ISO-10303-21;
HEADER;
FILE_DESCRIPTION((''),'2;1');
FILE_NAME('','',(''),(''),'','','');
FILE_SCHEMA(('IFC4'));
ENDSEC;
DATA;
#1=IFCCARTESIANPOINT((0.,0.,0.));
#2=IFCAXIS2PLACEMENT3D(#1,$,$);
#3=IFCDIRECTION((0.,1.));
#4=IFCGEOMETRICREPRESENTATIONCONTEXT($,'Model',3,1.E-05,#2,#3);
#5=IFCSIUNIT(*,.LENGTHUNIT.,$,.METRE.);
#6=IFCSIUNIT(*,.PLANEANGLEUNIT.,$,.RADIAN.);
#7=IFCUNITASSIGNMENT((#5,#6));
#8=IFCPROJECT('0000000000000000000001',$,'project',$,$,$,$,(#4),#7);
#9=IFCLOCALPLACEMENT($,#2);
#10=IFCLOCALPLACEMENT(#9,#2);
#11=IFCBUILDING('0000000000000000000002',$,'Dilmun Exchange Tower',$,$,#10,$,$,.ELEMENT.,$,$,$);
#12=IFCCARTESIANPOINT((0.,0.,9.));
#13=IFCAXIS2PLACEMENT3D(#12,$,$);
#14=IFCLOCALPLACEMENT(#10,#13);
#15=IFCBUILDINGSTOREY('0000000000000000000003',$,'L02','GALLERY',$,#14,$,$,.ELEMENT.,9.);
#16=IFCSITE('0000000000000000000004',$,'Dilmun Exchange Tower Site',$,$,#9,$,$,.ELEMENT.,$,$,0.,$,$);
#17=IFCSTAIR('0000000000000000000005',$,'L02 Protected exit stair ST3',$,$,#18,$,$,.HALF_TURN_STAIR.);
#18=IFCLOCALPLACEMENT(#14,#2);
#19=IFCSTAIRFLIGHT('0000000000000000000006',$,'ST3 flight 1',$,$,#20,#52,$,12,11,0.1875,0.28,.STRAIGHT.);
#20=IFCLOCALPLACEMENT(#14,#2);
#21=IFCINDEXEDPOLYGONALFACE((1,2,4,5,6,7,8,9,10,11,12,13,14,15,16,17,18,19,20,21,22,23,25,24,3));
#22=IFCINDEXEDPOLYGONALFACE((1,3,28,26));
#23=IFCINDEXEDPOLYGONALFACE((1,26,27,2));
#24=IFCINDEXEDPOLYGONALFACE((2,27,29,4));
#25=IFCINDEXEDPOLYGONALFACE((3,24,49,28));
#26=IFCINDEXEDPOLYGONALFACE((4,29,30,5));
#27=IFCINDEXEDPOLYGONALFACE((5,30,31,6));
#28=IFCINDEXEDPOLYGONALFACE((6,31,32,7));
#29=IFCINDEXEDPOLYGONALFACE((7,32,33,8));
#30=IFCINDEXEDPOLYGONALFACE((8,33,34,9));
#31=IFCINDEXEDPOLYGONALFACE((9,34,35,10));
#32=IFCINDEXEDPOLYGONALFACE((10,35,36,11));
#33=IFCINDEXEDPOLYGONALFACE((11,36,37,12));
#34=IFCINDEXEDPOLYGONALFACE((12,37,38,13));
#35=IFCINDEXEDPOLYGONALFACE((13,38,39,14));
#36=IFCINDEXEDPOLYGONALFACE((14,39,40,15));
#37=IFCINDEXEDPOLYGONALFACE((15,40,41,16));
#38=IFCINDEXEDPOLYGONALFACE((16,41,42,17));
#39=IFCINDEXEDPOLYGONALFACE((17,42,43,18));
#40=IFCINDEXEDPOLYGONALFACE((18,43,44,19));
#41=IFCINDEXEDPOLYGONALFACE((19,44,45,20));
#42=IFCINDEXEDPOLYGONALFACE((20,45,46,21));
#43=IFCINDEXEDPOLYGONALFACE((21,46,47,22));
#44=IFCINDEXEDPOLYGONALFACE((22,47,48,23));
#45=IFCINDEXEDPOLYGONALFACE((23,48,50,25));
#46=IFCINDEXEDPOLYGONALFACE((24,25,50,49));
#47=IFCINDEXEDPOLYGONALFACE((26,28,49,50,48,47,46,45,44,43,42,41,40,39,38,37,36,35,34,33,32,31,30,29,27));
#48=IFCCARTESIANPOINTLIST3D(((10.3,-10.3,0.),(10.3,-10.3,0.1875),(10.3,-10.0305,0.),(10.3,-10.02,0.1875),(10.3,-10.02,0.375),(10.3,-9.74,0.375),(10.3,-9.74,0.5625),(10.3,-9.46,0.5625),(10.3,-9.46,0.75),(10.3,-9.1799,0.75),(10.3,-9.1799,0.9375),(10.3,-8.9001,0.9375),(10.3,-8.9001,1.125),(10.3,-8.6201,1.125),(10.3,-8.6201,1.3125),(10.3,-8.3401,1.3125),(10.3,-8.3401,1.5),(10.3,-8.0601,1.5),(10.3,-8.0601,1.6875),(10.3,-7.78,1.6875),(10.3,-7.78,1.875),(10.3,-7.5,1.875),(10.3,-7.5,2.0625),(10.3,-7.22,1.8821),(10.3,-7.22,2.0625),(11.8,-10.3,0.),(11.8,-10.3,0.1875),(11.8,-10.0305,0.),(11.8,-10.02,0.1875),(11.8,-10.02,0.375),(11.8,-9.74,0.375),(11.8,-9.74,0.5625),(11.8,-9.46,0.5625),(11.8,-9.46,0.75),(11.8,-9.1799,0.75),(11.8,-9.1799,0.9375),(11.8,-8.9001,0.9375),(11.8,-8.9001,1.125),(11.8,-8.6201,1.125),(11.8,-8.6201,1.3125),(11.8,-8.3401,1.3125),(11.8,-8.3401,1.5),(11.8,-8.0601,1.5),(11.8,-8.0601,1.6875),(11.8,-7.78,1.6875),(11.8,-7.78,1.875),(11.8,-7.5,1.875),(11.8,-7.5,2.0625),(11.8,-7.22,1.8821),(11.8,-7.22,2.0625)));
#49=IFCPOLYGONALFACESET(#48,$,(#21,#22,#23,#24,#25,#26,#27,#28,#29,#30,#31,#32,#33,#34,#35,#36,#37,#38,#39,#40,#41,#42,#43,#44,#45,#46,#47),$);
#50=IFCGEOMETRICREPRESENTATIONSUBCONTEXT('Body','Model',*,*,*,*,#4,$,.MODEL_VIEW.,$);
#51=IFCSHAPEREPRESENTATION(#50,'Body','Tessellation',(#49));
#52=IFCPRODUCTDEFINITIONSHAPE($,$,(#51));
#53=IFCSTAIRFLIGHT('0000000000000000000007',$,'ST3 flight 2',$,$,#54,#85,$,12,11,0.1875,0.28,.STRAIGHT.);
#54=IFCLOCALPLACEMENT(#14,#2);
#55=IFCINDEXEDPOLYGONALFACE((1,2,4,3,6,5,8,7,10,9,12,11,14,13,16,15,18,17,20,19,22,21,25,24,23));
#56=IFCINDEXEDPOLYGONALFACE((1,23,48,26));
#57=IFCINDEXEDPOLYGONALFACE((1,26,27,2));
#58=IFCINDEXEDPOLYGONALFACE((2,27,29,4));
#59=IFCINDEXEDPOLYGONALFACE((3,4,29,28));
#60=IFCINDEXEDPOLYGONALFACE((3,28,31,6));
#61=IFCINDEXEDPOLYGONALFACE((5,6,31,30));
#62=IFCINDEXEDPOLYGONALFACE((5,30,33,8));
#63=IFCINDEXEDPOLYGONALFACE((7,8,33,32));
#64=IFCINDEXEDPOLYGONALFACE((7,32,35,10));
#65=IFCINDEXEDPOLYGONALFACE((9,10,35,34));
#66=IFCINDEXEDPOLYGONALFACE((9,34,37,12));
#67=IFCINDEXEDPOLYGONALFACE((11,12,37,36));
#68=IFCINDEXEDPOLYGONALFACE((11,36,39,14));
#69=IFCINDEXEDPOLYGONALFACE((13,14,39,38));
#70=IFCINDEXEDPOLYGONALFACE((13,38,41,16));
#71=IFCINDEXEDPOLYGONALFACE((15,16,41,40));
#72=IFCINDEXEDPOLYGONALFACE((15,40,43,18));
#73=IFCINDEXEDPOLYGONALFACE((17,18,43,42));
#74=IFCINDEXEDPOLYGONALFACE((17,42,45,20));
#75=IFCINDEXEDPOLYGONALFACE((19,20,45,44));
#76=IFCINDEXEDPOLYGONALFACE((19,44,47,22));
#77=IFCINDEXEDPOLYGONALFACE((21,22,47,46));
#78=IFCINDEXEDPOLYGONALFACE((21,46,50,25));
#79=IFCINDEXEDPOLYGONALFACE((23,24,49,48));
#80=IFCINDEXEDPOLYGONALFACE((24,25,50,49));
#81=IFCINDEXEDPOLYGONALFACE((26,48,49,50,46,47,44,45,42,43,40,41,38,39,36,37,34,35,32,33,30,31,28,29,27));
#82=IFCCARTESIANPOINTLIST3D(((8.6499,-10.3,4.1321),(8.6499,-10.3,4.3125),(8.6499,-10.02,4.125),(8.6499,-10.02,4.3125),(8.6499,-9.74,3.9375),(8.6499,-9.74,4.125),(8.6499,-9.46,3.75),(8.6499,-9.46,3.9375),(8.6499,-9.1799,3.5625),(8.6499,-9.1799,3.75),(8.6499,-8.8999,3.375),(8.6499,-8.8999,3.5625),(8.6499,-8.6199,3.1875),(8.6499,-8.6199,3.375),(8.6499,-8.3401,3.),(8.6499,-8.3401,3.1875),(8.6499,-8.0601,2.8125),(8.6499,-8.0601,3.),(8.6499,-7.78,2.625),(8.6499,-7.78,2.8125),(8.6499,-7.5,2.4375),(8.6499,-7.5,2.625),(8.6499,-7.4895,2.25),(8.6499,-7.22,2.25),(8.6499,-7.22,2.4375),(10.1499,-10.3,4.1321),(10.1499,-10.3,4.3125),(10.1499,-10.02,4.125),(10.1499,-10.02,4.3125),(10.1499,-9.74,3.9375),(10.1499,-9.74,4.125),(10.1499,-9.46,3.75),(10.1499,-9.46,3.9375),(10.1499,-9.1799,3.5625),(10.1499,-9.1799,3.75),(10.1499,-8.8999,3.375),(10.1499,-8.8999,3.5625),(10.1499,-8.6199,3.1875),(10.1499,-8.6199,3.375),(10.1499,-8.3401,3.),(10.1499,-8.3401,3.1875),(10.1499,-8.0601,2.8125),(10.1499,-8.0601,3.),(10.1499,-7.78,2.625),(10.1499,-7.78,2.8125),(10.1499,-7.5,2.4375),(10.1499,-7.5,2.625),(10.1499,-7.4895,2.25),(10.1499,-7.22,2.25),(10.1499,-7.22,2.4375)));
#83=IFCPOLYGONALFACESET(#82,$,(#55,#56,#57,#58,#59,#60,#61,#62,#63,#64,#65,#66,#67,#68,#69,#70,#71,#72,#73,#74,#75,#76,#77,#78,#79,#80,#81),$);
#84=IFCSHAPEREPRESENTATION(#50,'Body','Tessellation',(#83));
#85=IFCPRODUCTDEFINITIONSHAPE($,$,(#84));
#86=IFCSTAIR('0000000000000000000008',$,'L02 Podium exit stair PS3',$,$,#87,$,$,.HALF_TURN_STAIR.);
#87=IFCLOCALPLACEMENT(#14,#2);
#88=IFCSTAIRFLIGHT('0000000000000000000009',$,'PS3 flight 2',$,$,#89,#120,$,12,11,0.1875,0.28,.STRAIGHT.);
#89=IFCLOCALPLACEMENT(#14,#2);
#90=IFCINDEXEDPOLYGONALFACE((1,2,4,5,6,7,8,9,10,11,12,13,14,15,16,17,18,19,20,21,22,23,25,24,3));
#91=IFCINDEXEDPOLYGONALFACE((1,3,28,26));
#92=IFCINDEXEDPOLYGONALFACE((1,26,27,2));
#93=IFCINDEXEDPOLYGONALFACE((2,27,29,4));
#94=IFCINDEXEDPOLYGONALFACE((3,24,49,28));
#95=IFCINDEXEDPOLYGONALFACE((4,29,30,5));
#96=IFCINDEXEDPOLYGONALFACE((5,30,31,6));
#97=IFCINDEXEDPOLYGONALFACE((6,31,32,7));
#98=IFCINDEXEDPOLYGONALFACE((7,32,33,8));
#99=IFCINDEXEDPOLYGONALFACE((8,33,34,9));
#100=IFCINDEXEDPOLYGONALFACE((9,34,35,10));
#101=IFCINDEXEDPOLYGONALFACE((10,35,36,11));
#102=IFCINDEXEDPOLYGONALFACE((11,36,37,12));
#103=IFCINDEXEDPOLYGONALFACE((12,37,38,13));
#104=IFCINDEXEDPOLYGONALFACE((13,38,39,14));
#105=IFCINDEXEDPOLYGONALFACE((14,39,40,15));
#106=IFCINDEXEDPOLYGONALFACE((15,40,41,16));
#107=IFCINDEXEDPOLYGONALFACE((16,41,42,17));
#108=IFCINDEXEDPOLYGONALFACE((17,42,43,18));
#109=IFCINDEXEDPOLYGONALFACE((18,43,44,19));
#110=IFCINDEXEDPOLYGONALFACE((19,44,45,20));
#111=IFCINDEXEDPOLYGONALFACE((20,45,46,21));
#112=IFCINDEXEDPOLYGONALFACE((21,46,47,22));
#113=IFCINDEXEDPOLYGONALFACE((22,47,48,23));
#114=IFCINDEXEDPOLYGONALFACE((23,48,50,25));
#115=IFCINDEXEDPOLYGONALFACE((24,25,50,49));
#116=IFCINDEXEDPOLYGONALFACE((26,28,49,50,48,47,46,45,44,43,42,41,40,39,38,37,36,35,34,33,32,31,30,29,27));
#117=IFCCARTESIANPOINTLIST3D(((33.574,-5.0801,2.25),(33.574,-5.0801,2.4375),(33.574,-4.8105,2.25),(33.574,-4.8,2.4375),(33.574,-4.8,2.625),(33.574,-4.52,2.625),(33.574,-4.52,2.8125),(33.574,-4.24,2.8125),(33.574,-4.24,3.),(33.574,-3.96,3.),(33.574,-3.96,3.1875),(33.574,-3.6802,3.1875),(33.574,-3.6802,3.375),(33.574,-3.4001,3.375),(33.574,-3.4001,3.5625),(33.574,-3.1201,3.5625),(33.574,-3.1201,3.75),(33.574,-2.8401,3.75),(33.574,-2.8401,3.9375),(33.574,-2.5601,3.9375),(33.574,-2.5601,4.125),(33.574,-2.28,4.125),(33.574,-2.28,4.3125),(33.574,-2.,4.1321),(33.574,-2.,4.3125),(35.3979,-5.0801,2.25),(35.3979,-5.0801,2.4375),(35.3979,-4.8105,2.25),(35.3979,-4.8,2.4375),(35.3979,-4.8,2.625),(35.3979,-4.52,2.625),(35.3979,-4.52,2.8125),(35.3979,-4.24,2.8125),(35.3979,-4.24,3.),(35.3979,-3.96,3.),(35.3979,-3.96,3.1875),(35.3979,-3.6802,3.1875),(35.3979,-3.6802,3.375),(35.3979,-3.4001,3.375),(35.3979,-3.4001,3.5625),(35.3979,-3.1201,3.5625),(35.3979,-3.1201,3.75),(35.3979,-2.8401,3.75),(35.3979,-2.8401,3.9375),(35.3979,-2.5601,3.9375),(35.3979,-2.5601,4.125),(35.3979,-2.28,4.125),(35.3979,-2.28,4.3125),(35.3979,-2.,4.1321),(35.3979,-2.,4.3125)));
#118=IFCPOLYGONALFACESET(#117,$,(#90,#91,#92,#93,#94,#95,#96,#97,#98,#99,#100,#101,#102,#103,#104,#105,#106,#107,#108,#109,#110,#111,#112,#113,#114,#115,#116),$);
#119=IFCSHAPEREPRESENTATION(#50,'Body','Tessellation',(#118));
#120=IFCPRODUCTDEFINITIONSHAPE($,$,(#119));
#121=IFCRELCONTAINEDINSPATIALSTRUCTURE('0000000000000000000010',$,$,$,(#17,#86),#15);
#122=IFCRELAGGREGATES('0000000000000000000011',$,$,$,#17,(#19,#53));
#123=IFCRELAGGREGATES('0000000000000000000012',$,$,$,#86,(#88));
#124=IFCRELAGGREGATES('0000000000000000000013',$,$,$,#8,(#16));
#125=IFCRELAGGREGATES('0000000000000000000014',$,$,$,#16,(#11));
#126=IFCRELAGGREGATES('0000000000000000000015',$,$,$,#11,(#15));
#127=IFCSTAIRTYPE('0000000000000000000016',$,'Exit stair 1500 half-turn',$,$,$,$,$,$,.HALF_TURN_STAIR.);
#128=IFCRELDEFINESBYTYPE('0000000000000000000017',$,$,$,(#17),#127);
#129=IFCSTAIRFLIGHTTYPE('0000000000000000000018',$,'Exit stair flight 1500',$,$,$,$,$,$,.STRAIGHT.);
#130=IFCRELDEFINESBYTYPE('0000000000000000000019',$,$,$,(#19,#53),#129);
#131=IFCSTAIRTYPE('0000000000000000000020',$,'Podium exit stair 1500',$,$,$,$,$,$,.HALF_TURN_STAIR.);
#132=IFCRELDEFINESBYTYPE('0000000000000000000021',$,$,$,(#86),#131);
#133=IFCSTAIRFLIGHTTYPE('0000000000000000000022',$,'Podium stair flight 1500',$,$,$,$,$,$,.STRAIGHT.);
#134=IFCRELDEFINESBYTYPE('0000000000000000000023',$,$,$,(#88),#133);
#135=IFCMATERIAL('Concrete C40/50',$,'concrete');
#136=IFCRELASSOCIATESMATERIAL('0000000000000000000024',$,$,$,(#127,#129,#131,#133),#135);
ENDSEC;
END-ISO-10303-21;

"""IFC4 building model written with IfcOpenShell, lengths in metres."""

from ifc_helpers import new_model, si_unit, direction, frame, origin, place, context, subcontext, project, spatial, polyline, outline, extrude, material, type_object, element, aggregate, save


model = new_model("IFC4")

# Units and contexts
model_context = context("Model", 3, precision=1e-05, world=origin(), true_north=direction((0.0, 1.0)))
body_context = subcontext(model_context, "Body", "Model", "MODEL_VIEW")
ifc_project = project(units=[si_unit("LENGTHUNIT", "METRE"), si_unit("PLANEANGLEUNIT", "RADIAN")], contexts=[model_context])

# Site, building, storey
site_placement = place(None, origin())
site = spatial("IfcSite", under=ifc_project, at=site_placement, Name="Dilmun Exchange Tower Site", CompositionType="ELEMENT", RefElevation=0.0)
building_placement = place(site_placement, origin())
building = spatial("IfcBuilding", under=site, at=building_placement, Name="Dilmun Exchange Tower", CompositionType="ELEMENT")
storey_placement = place(building_placement, frame((0.0, 0.0, 9.0)))
storey = spatial("IfcBuildingStorey", under=building, at=storey_placement, Name="L02", Description="GALLERY", CompositionType="ELEMENT", Elevation=9.0)

# Shared definitions
ifc_material_1 = material(Name="Concrete C40/50", Category="concrete")

# Stair, stair flights
stair_type_1 = type_object("IfcStairType", Name="Exit stair 1500 half-turn", PredefinedType="HALF_TURN_STAIR", material=ifc_material_1)
stair_1_placement = place(storey_placement, origin())
stair_1 = element("IfcStair", 1, at=stair_1_placement, inside=storey, type_object=stair_type_1, Name="L02 Protected exit stair ST3", PredefinedType="HALF_TURN_STAIR")
stair_flight_type_1 = type_object("IfcStairFlightType", Name="Exit stair flight 1500", PredefinedType="STRAIGHT", material=ifc_material_1)
stair_flight_1_placement = place(storey_placement, frame((11.05, -10.3, 0.0), z_axis=(0.0, 0.0, 1.0), x_axis=(0.0, 1.0, 0.0)))
stair_flight_1 = element("IfcStairFlight", 2, at=stair_flight_1_placement, type_object=stair_flight_type_1, Name="ST3 flight 1", NumberOfRisers=12, NumberOfTreads=11, PredefinedType="STRAIGHT", RiserHeight=0.1875, TreadLength=0.28, context=body_context, shape_type="SweptSolid", body=[
    extrude(outline(polyline([(0.0, 0.0), (0.0, 0.1875), (0.28, 0.1875), (0.28, 0.375), (0.5601, 0.375), (0.5601, 0.5625), (0.8401, 0.5625), (0.8401, 0.75), (1.1201, 0.75), (1.1201, 0.9375), (1.3999, 0.9375), (1.3999, 1.125), (1.6799, 1.125), (1.6799, 1.3125), (1.96, 1.3125), (1.96, 1.5), (2.24, 1.5), (2.24, 1.6875), (2.52, 1.6875), (2.52, 1.875), (2.8, 1.875), (2.8, 2.0625), (3.0801, 2.0625), (3.0801, 2.25), (3.0801, 1.8821), (0.2695, 0.0), (0.0, 0.0)])), frame((0.0, 0.75, 0.0), z_axis=(0.0, -1.0, 0.0), x_axis=(1.0, 0.0, 0.0)), (0.0, 0.0, 1.0), 1.5),
])
stair_flight_2_placement = place(storey_placement, frame((9.3999, -7.22, 2.25), z_axis=(0.0, 0.0, 1.0), x_axis=(0.0, -1.0, 0.0)))
stair_flight_2 = element("IfcStairFlight", 3, at=stair_flight_2_placement, type_object=stair_flight_type_1, Name="ST3 flight 2", NumberOfRisers=12, NumberOfTreads=11, PredefinedType="STRAIGHT", RiserHeight=0.1875, TreadLength=0.28, context=body_context, shape_type="SweptSolid", body=[
    extrude(outline(polyline([(0.0, 0.0), (0.0, 0.1875), (0.28, 0.1875), (0.28, 0.375), (0.5601, 0.375), (0.5601, 0.5625), (0.8401, 0.5625), (0.8401, 0.75), (1.1201, 0.75), (1.1201, 0.9375), (1.3999, 0.9375), (1.3999, 1.125), (1.6799, 1.125), (1.6799, 1.3125), (1.96, 1.3125), (1.96, 1.5), (2.24, 1.5), (2.24, 1.6875), (2.52, 1.6875), (2.52, 1.875), (2.8, 1.875), (2.8, 2.0625), (3.0801, 2.0625), (3.0801, 2.25), (3.0801, 1.8821), (0.2695, 0.0), (0.0, 0.0)])), frame((0.0, 0.75, 0.0), z_axis=(0.0, -1.0, 0.0), x_axis=(1.0, 0.0, 0.0)), (0.0, 0.0, 1.0), 1.5),
])
aggregate(stair_1, [stair_flight_1, stair_flight_2])

# Stair, stair flight
stair_type_2 = type_object("IfcStairType", Name="Podium exit stair 1500", PredefinedType="HALF_TURN_STAIR", material=ifc_material_1)
stair_2_placement = place(storey_placement, origin())
stair_2 = element("IfcStair", 4, at=stair_2_placement, inside=storey, type_object=stair_type_2, Name="L02 Podium exit stair PS3", PredefinedType="HALF_TURN_STAIR")
stair_flight_type_2 = type_object("IfcStairFlightType", Name="Podium stair flight 1500", PredefinedType="STRAIGHT", material=ifc_material_1)
stair_flight_3_placement = place(storey_placement, frame((34.4861, -5.0801, 2.25), z_axis=(0.0, 0.0, 1.0), x_axis=(0.0, 1.0, 0.0)))
stair_flight_3 = element("IfcStairFlight", 5, at=stair_flight_3_placement, type_object=stair_flight_type_2, Name="PS3 flight 2", NumberOfRisers=12, NumberOfTreads=11, PredefinedType="STRAIGHT", RiserHeight=0.1875, TreadLength=0.28, context=body_context, shape_type="SweptSolid", body=[
    extrude(outline(polyline([(0.0, 0.0), (0.0, 0.1875), (0.28, 0.1875), (0.28, 0.375), (0.5601, 0.375), (0.5601, 0.5625), (0.8401, 0.5625), (0.8401, 0.75), (1.1201, 0.75), (1.1201, 0.9375), (1.3999, 0.9375), (1.3999, 1.125), (1.6799, 1.125), (1.6799, 1.3125), (1.96, 1.3125), (1.96, 1.5), (2.24, 1.5), (2.24, 1.6875), (2.52, 1.6875), (2.52, 1.875), (2.8, 1.875), (2.8, 2.0625), (3.0801, 2.0625), (3.0801, 2.25), (3.0801, 1.8821), (0.2695, 0.0), (0.0, 0.0)])), frame((0.0, 0.9121, 0.0), z_axis=(0.0, -1.0, 0.0), x_axis=(1.0, 0.0, 0.0)), (0.0, 0.0, 1.0), 1.824),
])
aggregate(stair_2, [stair_flight_3])

save(model, "model.ifc")
